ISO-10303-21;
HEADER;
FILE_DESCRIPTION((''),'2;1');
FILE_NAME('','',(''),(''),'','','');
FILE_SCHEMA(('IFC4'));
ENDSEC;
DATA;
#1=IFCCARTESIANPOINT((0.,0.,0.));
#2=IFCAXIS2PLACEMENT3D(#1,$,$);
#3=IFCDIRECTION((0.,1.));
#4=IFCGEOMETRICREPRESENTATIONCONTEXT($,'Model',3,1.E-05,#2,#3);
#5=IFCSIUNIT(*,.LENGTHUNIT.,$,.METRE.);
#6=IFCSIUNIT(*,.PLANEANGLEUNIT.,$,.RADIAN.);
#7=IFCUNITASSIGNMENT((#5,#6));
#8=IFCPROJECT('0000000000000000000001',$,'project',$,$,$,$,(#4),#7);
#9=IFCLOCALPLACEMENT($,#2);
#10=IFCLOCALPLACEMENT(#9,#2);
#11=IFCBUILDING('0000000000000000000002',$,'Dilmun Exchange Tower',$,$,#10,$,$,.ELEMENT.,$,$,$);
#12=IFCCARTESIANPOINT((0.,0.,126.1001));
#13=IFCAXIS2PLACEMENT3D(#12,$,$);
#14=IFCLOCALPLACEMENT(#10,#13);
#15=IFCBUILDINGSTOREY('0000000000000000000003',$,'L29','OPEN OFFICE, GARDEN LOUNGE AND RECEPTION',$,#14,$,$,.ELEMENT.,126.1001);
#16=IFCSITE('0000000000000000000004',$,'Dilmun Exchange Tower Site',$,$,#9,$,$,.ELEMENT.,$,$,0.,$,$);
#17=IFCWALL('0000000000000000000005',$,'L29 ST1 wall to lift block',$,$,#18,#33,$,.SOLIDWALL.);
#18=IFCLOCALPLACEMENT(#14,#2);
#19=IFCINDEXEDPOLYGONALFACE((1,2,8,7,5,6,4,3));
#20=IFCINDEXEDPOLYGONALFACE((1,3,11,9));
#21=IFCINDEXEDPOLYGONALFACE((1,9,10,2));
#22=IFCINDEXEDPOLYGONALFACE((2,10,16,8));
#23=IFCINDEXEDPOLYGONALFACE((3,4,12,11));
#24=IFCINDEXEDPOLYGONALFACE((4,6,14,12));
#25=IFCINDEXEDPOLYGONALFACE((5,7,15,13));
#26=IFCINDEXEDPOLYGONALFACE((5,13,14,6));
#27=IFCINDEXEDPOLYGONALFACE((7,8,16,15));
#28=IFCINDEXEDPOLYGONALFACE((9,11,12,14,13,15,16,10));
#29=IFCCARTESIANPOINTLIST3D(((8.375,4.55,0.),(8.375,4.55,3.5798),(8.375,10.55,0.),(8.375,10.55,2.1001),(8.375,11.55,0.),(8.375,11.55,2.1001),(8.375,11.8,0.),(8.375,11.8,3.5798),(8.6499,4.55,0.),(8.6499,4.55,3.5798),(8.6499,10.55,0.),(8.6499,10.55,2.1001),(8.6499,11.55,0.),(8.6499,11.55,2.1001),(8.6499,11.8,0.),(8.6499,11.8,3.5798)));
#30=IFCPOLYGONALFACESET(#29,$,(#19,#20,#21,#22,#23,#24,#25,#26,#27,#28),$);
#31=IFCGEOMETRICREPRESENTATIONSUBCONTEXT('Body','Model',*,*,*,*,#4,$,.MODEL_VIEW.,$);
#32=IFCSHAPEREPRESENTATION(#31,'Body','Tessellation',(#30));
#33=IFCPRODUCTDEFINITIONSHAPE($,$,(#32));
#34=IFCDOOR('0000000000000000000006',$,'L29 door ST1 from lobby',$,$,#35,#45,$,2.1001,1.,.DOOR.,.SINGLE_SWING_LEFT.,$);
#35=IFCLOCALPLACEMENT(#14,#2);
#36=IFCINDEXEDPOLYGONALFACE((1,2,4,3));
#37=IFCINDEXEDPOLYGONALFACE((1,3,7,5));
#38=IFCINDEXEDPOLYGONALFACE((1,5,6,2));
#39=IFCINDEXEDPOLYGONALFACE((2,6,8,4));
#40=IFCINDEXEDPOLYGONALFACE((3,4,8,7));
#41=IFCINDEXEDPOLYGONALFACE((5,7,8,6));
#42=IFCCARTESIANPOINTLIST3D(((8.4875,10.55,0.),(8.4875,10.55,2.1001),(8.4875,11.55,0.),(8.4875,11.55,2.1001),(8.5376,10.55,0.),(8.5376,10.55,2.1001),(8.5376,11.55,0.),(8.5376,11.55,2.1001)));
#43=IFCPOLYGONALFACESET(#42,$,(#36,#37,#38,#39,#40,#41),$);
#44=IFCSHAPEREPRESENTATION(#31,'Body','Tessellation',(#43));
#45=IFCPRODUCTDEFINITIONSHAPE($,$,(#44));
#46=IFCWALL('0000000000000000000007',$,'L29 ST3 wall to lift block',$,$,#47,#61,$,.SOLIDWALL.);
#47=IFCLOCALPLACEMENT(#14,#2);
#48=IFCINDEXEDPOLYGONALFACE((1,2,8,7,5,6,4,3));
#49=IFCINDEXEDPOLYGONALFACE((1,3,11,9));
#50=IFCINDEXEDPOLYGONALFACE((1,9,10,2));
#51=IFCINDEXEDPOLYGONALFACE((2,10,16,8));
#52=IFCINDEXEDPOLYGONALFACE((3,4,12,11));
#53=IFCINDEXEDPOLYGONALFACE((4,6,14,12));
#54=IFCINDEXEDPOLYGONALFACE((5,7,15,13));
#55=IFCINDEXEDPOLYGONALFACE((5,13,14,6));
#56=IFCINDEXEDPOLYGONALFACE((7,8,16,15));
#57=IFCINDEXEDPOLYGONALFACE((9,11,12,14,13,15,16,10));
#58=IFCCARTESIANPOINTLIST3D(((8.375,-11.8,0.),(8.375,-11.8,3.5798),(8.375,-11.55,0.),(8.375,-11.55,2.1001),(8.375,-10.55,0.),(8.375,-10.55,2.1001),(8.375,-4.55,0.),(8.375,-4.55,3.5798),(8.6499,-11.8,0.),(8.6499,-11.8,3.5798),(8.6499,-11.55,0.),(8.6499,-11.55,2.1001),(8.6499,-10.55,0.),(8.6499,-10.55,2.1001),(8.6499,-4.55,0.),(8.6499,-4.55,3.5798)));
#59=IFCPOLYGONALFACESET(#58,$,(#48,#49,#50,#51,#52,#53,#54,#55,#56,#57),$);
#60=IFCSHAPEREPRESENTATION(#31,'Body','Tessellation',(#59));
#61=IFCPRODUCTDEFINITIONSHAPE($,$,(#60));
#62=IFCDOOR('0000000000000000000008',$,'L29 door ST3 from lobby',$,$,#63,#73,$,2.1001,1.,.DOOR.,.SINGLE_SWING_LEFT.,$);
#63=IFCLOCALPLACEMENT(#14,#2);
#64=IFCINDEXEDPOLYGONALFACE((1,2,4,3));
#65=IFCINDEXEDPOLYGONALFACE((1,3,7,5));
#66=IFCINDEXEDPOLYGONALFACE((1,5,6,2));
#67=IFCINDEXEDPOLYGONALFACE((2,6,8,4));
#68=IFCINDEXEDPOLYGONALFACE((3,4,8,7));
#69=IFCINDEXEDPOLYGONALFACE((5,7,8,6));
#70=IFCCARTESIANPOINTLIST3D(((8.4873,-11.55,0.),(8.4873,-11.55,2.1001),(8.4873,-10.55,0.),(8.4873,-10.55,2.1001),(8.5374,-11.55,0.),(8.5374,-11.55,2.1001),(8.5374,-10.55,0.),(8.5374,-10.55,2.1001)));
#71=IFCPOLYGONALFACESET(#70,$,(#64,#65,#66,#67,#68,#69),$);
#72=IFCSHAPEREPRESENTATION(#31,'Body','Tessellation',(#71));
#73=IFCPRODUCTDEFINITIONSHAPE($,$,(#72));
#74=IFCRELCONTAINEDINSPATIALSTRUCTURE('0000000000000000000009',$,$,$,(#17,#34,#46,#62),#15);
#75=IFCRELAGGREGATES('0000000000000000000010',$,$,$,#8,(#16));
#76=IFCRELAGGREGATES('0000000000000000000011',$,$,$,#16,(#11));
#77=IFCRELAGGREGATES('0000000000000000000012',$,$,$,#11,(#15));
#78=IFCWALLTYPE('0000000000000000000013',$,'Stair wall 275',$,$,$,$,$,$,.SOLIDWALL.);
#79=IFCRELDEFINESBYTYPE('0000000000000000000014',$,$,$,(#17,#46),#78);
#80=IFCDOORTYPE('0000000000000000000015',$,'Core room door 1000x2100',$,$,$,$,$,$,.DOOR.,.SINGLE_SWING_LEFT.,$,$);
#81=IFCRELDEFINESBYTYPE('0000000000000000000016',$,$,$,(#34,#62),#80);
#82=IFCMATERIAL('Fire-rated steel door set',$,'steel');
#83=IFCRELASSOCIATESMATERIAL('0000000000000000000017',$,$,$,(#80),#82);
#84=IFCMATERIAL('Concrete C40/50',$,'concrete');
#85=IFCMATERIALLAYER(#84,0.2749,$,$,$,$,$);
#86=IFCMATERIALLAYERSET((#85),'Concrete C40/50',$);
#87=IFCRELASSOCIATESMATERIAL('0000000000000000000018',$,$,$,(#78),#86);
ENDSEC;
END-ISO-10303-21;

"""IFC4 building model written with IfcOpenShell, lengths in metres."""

from ifc_helpers import new_model, si_unit, direction, frame, frame_2d, origin, place, context, subcontext, project, spatial, rectangle, extrude, material, layer, layer_set, type_object, element, fill, save


model = new_model("IFC4")

# Units and contexts
model_context = context("Model", 3, precision=1e-05, world=origin(), true_north=direction((0.0, 1.0)))
body_context = subcontext(model_context, "Body", "Model", "MODEL_VIEW")
ifc_project = project(units=[si_unit("LENGTHUNIT", "METRE"), si_unit("PLANEANGLEUNIT", "RADIAN")], contexts=[model_context])

# Site, building, storey
site_placement = place(None, origin())
site = spatial("IfcSite", under=ifc_project, at=site_placement, Name="Dilmun Exchange Tower Site", CompositionType="ELEMENT", RefElevation=0.0)
building_placement = place(site_placement, origin())
building = spatial("IfcBuilding", under=site, at=building_placement, Name="Dilmun Exchange Tower", CompositionType="ELEMENT")
storey_placement = place(building_placement, frame((0.0, 0.0, 126.1001)))
storey = spatial("IfcBuildingStorey", under=building, at=storey_placement, Name="L29", Description="OPEN OFFICE, GARDEN LOUNGE AND RECEPTION", CompositionType="ELEMENT", Elevation=126.1001)

# Shared definitions
ifc_material_1 = material(Name="Concrete C40/50", Category="concrete")
ifc_material_2 = material(Name="Fire-rated steel door set", Category="steel")

# Shared definitions
door_type_1 = type_object("IfcDoorType", Name="Core room door 1000x2100", OperationType="SINGLE_SWING_LEFT", PredefinedType="DOOR", material=ifc_material_2)

# Walls, openings, doors
ifc_layer_1 = layer(ifc_material_1, 0.2749)
ifc_layer_set_1 = layer_set([ifc_layer_1], Name="Concrete C40/50")
wall_type_1 = type_object("IfcWallType", Name="Stair wall 275", PredefinedType="SOLIDWALL", material=ifc_layer_set_1)
wall_1_placement = place(storey_placement, frame((8.5125, 4.55, 0.0), z_axis=(0.0, 0.0, 1.0), x_axis=(0.0, 1.0, 0.0)))
wall_1 = element("IfcWall", 1, at=wall_1_placement, inside=storey, type_object=wall_type_1, Name="L29 ST1 wall to lift block", PredefinedType="SOLIDWALL", context=body_context, shape_type="SweptSolid", body=[
    extrude(rectangle(XDim=7.25, YDim=0.2749, at=frame_2d((3.625, 0.0))), origin(), (0.0, 0.0, 1.0), 3.5798),
])
opening_1_placement = place(wall_1_placement, frame((6.0, 0.0, 0.0)))
opening_1 = element("IfcOpeningElement", 2, at=opening_1_placement, cuts=wall_1, PredefinedType="OPENING", context=body_context, shape_type="SweptSolid", body=[
    extrude(rectangle(XDim=1.0, YDim=2.1001, at=frame_2d((0.5, 1.05))), frame((0.0, 0.1475, 0.0), z_axis=(0.0, -1.0, 0.0), x_axis=(1.0, 0.0, 0.0)), (0.0, 0.0, 1.0), 0.2949),
])
door_1_placement = place(opening_1_placement, origin())
door_1 = element("IfcDoor", 3, at=door_1_placement, inside=storey, type_object=door_type_1, Name="L29 door ST1 from lobby", OperationType="SINGLE_SWING_LEFT", OverallHeight=2.1001, OverallWidth=1.0, PredefinedType="DOOR", context=body_context, shape_type="SweptSolid", body=[
    extrude(rectangle(XDim=1.0, YDim=2.1001, at=frame_2d((0.5, 1.05))), frame((0.0, 0.0249, 0.0), z_axis=(0.0, -1.0, 0.0), x_axis=(1.0, 0.0, 0.0)), (0.0, 0.0, 1.0), 0.05),
])
fill(opening_1, door_1)
wall_2_placement = place(storey_placement, frame((8.5125, -4.55, 0.0), z_axis=(0.0, 0.0, 1.0), x_axis=(0.0, -1.0, 0.0)))
wall_2 = element("IfcWall", 4, at=wall_2_placement, inside=storey, type_object=wall_type_1, Name="L29 ST3 wall to lift block", PredefinedType="SOLIDWALL", context=body_context, shape_type="SweptSolid", body=[
    extrude(rectangle(XDim=7.25, YDim=0.2749, at=frame_2d((3.625, 0.0))), origin(), (0.0, 0.0, 1.0), 3.5798),
])
opening_2_placement = place(wall_2_placement, frame((6.0, 0.0, 0.0)))
opening_2 = element("IfcOpeningElement", 5, at=opening_2_placement, cuts=wall_2, PredefinedType="OPENING", context=body_context, shape_type="SweptSolid", body=[
    extrude(rectangle(XDim=1.0, YDim=2.1001, at=frame_2d((0.5, 1.05))), frame((0.0, 0.1475, 0.0), z_axis=(0.0, -1.0, 0.0), x_axis=(1.0, 0.0, 0.0)), (0.0, 0.0, 1.0), 0.2949),
])
door_2_placement = place(opening_2_placement, origin())
door_2 = element("IfcDoor", 6, at=door_2_placement, inside=storey, type_object=door_type_1, Name="L29 door ST3 from lobby", OperationType="SINGLE_SWING_LEFT", OverallHeight=2.1001, OverallWidth=1.0, PredefinedType="DOOR", context=body_context, shape_type="SweptSolid", body=[
    extrude(rectangle(XDim=1.0, YDim=2.1001, at=frame_2d((0.5, 1.05))), frame((0.0, 0.0249, 0.0), z_axis=(0.0, -1.0, 0.0), x_axis=(1.0, 0.0, 0.0)), (0.0, 0.0, 1.0), 0.05),
])
fill(opening_2, door_2)

save(model, "model.ifc")
